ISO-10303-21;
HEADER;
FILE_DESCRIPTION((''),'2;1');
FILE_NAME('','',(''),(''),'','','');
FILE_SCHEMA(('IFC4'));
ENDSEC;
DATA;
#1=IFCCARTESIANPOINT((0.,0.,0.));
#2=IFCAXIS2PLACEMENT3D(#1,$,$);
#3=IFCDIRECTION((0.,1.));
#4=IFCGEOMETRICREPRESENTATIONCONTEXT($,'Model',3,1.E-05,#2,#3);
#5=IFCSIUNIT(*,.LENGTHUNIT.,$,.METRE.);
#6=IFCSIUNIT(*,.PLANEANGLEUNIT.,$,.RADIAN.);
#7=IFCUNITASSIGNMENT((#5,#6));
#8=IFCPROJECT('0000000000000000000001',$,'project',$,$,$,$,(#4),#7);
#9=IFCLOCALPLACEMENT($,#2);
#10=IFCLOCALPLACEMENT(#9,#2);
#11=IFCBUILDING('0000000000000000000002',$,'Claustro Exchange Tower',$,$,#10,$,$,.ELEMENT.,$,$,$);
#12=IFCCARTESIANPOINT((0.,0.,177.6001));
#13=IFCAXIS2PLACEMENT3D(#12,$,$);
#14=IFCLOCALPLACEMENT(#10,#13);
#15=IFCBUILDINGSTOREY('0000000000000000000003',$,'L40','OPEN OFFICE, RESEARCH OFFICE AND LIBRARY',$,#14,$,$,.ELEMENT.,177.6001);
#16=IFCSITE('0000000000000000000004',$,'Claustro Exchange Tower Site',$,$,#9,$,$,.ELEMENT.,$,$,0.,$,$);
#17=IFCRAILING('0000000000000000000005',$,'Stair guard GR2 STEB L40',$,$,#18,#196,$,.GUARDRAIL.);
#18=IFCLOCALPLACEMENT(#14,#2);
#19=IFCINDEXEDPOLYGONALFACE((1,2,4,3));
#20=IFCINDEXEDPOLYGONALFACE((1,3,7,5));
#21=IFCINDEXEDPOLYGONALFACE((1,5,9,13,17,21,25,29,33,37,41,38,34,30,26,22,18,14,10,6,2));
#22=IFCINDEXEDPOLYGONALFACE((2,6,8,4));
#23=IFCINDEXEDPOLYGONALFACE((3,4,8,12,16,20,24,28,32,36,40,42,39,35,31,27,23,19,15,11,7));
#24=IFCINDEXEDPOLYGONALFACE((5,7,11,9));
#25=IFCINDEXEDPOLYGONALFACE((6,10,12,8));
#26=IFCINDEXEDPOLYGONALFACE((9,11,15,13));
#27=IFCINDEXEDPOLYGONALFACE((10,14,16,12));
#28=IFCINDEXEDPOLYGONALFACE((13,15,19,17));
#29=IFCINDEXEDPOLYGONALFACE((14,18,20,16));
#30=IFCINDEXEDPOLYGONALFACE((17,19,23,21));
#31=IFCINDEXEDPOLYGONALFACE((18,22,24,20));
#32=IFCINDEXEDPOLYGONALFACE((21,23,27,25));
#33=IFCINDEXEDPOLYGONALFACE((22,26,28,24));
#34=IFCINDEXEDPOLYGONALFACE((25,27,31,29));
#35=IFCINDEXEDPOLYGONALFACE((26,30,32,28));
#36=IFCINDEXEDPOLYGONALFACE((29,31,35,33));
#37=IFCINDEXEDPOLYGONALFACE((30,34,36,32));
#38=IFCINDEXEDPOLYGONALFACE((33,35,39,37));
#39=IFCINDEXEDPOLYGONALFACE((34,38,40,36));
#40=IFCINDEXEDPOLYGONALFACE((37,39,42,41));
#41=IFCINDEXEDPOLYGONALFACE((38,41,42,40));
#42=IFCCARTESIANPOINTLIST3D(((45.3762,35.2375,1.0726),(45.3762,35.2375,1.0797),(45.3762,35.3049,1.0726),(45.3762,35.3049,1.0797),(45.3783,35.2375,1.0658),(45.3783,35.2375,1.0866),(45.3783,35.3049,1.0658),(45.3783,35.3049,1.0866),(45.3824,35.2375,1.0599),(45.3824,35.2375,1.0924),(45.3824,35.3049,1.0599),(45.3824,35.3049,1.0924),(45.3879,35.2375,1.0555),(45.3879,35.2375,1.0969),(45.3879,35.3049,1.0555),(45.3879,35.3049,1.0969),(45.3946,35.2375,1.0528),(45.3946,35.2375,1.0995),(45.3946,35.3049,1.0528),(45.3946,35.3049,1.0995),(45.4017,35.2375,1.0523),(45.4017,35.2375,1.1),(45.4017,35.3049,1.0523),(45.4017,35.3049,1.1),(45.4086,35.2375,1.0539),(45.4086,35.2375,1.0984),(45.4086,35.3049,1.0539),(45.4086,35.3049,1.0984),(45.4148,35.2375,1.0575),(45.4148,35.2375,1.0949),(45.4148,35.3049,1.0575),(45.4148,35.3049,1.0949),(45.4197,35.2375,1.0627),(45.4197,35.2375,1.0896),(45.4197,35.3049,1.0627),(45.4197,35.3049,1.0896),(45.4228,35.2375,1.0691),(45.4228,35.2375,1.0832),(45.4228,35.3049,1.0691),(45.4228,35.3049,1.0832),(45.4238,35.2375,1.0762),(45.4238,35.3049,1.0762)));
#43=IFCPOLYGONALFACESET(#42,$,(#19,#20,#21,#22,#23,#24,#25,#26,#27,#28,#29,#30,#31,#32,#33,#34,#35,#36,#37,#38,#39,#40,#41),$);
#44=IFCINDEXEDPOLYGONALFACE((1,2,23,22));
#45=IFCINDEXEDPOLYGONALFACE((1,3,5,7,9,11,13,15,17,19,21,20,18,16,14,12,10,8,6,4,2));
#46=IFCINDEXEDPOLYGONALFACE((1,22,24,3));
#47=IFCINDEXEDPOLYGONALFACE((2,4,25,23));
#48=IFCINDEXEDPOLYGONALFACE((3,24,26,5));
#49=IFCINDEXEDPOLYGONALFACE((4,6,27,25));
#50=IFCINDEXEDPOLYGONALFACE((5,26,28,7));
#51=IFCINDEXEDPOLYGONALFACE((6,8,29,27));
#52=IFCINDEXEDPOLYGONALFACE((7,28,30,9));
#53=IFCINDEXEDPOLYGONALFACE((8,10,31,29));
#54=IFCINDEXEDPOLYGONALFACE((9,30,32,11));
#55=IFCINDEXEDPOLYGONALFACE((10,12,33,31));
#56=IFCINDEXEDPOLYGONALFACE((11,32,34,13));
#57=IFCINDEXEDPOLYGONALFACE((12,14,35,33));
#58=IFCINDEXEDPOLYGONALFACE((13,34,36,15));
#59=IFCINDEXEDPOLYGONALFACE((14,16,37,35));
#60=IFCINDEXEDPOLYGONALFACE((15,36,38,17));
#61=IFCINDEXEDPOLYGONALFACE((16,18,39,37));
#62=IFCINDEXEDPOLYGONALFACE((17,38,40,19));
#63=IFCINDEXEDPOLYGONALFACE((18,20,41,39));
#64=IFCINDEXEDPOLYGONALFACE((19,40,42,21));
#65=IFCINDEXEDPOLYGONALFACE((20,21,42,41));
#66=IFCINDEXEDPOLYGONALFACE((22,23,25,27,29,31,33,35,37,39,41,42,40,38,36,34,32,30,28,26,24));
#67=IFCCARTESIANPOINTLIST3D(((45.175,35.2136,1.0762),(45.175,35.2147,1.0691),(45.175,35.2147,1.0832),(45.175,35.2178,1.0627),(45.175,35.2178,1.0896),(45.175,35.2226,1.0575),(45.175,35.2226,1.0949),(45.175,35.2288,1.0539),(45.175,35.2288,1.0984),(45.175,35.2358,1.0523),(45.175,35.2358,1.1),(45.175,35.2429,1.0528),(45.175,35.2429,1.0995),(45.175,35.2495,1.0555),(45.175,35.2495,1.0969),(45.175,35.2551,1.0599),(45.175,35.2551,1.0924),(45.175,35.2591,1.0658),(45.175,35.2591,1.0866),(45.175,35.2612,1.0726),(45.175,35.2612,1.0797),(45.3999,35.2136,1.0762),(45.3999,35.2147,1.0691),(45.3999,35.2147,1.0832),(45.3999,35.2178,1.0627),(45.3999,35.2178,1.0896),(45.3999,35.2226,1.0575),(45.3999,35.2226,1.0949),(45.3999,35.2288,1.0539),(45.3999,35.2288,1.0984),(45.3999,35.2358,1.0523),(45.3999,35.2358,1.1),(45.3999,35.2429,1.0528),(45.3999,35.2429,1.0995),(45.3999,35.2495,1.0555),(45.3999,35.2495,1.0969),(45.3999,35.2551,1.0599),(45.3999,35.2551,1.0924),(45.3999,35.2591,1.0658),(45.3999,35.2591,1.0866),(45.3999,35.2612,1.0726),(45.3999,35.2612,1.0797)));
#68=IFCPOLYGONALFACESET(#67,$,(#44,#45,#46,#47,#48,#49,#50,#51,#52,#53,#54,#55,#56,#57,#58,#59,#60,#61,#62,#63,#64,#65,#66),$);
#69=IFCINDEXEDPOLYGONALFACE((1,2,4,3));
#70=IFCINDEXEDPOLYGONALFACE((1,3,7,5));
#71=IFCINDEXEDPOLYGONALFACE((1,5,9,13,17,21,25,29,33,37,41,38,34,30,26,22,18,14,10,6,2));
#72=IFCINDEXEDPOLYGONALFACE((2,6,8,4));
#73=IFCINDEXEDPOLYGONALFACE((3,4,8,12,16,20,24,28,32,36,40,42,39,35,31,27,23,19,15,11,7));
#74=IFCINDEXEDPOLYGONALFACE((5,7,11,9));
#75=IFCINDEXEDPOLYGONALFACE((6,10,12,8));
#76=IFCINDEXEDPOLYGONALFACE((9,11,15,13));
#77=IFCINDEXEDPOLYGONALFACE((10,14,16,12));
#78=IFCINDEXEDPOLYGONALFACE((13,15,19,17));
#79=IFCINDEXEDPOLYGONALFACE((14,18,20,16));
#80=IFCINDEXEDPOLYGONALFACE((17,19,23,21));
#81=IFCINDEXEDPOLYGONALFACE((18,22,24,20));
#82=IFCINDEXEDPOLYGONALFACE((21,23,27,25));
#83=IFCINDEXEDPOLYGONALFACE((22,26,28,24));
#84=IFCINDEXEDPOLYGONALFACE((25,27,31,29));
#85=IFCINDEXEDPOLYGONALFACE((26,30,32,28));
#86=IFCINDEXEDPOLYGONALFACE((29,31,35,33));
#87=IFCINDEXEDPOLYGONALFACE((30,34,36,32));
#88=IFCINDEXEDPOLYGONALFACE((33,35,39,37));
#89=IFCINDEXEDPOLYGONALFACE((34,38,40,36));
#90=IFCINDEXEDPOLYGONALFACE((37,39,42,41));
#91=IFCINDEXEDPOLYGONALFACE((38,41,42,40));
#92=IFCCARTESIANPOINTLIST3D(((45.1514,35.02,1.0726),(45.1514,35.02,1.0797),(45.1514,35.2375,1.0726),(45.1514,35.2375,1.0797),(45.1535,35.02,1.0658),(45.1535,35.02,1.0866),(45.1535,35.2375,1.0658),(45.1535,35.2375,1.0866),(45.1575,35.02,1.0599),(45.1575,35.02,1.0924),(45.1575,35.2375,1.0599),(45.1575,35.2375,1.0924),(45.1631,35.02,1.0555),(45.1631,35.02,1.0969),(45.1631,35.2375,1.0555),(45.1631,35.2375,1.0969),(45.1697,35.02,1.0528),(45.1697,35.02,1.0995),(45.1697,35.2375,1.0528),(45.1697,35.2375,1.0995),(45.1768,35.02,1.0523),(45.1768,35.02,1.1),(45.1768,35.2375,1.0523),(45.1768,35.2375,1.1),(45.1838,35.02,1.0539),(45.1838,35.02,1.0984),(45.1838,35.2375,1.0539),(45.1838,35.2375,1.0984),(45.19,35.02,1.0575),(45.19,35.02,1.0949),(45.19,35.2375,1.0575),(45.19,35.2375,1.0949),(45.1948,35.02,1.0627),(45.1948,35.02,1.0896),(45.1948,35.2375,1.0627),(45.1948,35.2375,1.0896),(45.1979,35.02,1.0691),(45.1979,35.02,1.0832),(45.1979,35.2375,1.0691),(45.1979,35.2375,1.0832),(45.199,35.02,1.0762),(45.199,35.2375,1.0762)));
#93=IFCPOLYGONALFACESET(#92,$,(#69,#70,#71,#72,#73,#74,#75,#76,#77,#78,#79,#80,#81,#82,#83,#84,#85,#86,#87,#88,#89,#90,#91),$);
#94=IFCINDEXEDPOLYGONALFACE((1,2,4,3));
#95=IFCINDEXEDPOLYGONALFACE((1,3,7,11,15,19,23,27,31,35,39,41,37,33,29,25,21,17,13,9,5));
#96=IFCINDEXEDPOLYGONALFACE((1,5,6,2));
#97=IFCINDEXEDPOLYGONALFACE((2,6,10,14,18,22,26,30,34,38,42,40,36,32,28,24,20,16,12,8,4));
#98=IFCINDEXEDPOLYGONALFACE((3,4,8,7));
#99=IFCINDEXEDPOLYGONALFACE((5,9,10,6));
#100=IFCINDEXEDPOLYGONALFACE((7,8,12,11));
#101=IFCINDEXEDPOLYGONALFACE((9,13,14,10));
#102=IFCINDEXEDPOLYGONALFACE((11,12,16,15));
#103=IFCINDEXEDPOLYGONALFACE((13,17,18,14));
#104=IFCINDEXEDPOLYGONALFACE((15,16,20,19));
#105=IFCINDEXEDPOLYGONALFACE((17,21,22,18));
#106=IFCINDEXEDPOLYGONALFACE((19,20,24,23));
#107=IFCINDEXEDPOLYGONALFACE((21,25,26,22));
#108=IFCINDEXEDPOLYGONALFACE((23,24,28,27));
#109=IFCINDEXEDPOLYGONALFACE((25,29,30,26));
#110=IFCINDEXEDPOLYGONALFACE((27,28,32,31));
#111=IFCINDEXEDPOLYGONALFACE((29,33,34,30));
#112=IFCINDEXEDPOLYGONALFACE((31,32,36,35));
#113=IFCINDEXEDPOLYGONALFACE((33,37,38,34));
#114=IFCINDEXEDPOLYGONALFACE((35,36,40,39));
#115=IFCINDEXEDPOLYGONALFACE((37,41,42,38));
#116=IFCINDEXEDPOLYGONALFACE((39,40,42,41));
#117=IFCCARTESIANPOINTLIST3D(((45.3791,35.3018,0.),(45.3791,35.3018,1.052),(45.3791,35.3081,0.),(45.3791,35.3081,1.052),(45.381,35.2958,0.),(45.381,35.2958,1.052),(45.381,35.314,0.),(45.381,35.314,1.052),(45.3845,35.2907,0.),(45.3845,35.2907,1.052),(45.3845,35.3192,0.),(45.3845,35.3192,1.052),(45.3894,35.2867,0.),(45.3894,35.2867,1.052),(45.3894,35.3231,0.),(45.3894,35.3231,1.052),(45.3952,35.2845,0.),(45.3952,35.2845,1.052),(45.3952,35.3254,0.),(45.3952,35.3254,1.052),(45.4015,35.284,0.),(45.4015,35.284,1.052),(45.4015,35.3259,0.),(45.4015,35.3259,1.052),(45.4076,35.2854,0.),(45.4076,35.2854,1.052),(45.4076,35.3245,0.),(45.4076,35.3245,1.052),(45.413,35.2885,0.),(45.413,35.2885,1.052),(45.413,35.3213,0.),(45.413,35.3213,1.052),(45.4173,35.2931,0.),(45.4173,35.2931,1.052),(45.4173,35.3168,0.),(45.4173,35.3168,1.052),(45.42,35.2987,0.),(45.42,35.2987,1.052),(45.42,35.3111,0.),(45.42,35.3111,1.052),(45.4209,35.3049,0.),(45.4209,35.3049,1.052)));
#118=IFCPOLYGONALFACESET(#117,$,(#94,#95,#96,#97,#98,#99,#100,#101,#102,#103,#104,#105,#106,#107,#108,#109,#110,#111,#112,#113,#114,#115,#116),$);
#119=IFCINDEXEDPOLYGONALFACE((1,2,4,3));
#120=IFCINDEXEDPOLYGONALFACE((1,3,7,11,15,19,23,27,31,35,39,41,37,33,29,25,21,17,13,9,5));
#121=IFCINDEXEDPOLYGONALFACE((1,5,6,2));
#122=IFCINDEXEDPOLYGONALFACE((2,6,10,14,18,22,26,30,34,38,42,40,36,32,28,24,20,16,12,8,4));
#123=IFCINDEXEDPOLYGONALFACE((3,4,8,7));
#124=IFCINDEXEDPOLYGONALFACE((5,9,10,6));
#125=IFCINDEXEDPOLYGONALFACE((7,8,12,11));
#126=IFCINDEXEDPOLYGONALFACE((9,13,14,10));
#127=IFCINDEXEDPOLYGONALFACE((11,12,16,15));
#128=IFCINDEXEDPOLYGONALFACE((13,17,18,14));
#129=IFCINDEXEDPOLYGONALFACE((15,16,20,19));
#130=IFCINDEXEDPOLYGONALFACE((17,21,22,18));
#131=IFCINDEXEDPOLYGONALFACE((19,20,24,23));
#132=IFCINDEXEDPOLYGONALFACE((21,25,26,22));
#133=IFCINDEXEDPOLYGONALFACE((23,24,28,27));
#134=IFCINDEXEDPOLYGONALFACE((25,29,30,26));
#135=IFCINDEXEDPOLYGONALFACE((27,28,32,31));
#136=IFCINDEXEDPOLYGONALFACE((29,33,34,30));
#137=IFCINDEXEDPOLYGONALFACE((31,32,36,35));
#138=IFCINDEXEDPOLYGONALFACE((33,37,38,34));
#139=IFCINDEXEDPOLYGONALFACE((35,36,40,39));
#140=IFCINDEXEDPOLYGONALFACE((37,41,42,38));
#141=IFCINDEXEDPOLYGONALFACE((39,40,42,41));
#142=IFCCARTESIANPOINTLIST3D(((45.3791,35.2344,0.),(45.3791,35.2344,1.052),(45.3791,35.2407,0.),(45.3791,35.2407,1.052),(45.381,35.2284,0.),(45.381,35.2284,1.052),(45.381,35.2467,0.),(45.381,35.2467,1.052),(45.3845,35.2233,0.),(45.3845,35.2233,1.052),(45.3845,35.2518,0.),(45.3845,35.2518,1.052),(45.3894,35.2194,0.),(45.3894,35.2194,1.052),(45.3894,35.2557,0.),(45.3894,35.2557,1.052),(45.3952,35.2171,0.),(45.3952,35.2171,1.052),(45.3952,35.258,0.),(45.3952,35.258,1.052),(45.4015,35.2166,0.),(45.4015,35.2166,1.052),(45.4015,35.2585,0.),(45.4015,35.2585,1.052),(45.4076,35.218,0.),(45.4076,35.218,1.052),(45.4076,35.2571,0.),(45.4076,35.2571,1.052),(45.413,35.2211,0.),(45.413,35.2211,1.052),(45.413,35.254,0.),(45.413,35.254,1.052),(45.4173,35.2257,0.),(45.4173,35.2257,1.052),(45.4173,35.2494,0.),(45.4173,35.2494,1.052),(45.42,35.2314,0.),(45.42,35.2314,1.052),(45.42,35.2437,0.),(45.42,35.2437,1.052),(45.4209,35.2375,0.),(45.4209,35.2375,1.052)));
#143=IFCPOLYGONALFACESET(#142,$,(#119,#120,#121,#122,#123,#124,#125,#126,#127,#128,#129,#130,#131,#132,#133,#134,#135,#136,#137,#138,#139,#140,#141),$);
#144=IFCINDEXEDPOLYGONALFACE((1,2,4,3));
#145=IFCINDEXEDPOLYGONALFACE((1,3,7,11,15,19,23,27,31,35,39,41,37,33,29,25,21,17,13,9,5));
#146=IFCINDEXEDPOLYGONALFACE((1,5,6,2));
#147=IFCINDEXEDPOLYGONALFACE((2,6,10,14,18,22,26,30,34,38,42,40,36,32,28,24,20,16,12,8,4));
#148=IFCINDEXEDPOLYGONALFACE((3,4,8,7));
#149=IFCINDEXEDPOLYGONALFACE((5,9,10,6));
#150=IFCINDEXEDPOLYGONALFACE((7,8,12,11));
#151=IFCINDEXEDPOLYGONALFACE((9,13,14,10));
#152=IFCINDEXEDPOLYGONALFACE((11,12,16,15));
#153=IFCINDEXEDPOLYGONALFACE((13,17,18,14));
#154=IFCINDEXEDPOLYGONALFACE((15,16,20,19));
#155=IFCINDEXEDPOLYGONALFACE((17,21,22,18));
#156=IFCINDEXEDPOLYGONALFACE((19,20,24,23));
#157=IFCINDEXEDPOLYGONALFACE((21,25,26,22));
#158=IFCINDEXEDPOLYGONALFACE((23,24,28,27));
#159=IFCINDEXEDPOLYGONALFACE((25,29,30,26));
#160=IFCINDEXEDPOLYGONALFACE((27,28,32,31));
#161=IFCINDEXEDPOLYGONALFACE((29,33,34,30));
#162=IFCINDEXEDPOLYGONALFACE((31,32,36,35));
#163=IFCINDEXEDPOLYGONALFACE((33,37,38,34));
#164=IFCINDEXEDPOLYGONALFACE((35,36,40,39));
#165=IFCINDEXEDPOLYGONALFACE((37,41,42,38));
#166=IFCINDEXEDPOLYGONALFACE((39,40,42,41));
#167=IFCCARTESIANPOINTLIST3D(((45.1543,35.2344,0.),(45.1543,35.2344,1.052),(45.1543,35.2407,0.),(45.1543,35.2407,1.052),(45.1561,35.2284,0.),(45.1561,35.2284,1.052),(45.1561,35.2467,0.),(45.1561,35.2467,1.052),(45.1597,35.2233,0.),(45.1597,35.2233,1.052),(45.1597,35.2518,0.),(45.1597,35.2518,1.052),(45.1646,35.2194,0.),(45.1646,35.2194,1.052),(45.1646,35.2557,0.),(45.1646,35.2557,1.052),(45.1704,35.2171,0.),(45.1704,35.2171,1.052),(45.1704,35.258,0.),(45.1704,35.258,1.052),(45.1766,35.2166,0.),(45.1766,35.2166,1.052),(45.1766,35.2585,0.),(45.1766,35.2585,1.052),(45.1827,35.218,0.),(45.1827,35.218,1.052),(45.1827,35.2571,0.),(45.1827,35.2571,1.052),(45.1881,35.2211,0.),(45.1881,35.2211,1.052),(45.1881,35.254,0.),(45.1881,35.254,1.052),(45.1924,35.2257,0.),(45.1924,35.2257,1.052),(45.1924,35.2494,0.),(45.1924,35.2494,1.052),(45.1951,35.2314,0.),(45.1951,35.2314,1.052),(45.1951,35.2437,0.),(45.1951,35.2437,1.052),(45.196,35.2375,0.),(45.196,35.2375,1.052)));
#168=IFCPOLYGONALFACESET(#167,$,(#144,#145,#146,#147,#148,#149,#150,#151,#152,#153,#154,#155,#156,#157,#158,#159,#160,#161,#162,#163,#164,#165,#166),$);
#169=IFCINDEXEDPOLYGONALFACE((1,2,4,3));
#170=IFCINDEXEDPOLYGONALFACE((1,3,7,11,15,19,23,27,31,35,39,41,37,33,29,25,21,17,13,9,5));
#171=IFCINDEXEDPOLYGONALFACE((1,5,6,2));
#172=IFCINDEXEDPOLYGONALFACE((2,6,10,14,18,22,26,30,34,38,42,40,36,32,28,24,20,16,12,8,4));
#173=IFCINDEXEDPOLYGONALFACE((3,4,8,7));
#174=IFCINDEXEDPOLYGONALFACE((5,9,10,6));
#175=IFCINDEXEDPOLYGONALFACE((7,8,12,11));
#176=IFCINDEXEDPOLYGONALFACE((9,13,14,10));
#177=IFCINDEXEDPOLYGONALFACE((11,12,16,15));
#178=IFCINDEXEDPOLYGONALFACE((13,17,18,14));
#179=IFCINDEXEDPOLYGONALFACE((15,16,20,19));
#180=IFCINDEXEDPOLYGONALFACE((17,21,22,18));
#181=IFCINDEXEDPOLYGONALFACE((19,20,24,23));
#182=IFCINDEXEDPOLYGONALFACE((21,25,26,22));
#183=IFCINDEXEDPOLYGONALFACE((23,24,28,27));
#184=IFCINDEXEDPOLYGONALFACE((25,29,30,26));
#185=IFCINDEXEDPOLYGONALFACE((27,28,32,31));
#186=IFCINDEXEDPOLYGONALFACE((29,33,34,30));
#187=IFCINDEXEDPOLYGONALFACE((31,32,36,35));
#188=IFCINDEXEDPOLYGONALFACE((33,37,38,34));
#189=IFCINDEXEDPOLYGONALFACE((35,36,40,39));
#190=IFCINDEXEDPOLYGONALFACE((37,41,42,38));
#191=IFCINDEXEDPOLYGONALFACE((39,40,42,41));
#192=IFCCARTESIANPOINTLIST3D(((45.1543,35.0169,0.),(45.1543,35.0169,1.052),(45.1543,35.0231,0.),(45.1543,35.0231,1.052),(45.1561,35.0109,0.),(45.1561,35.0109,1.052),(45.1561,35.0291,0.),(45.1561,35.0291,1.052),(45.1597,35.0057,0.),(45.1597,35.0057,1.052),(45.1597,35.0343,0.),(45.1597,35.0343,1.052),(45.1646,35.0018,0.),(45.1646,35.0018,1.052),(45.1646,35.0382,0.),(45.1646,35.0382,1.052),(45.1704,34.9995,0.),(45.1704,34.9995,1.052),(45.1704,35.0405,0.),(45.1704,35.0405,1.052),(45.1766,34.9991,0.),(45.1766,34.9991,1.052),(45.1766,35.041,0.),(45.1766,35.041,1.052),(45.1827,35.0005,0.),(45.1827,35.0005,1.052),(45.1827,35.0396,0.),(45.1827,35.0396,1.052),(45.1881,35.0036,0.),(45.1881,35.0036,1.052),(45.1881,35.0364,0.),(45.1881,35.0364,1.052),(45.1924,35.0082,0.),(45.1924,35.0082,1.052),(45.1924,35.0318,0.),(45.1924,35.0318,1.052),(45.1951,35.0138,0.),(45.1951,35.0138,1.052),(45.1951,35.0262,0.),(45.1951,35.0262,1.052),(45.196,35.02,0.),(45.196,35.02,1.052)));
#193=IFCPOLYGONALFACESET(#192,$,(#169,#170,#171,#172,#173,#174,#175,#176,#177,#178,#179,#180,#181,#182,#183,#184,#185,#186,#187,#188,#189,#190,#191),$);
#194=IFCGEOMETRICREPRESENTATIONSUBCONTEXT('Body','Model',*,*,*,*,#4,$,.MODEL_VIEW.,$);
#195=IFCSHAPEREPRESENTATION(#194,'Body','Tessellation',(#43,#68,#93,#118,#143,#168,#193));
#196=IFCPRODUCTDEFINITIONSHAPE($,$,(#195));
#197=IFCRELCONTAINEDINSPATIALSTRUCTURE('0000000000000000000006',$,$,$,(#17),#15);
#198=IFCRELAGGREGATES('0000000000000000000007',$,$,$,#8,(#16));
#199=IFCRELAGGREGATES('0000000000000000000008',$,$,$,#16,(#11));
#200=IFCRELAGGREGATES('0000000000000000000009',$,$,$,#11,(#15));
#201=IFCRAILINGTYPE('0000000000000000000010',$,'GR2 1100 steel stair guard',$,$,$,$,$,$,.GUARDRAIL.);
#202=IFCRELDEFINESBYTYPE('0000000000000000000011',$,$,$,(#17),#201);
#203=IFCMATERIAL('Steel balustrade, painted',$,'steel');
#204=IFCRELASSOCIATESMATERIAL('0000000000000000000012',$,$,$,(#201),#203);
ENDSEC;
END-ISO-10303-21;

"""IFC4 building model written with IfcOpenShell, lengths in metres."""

from ifc_helpers import new_model, si_unit, direction, frame, origin, origin_2d, place, context, subcontext, project, spatial, circle, extrude, material, type_object, element, save


model = new_model("IFC4")

# Units and contexts
model_context = context("Model", 3, precision=1e-05, world=origin(), true_north=direction((0.0, 1.0)))
body_context = subcontext(model_context, "Body", "Model", "MODEL_VIEW")
ifc_project = project(units=[si_unit("LENGTHUNIT", "METRE"), si_unit("PLANEANGLEUNIT", "RADIAN")], contexts=[model_context])

# Site, building, storey
site_placement = place(None, origin())
site = spatial("IfcSite", under=ifc_project, at=site_placement, Name="Claustro Exchange Tower Site", CompositionType="ELEMENT", RefElevation=0.0)
building_placement = place(site_placement, origin())
building = spatial("IfcBuilding", under=site, at=building_placement, Name="Claustro Exchange Tower", CompositionType="ELEMENT")
storey_placement = place(building_placement, frame((0.0, 0.0, 177.6001)))
storey = spatial("IfcBuildingStorey", under=building, at=storey_placement, Name="L40", Description="OPEN OFFICE, RESEARCH OFFICE AND LIBRARY", CompositionType="ELEMENT", Elevation=177.6001)

# Railing
ifc_material_1 = material(Name="Steel balustrade, painted", Category="steel")
railing_type_1 = type_object("IfcRailingType", Name="GR2 1100 steel stair guard", PredefinedType="GUARDRAIL", material=ifc_material_1)
railing_1_placement = place(storey_placement, frame((45.3999, 35.3049, 0.0)))
element("IfcRailing", 1, at=railing_1_placement, inside=storey, type_object=railing_type_1, Name="Stair guard GR2 STEB L40", PredefinedType="GUARDRAIL", context=body_context, shape_type="SweptSolid", body=[
    extrude(circle(Radius=0.0239, at=origin_2d()), frame((0.0, 0.0, 1.0762), z_axis=(0.0, -1.0, 0.0), x_axis=(1.0, 0.0, 0.0)), (0.0, 0.0, 1.0), 0.0674),
    extrude(circle(Radius=0.0239, at=origin_2d()), frame((0.0, -0.0674, 1.0762), z_axis=(-1.0, 0.0, 0.0), x_axis=(0.0, -1.0, 0.0)), (0.0, 0.0, 1.0), 0.2249),
    extrude(circle(Radius=0.0239, at=origin_2d()), frame((-0.2249, -0.0674, 1.0762), z_axis=(0.0, -1.0, 0.0), x_axis=(1.0, 0.0, 0.0)), (0.0, 0.0, 1.0), 0.2175),
    extrude(circle(Radius=0.021, at=origin_2d()), origin(), (0.0, 0.0, 1.0), 1.052),
    extrude(circle(Radius=0.021, at=origin_2d()), frame((0.0, -0.0674, 0.0)), (0.0, 0.0, 1.0), 1.052),
    extrude(circle(Radius=0.021, at=origin_2d()), frame((-0.2249, -0.0674, 0.0)), (0.0, 0.0, 1.0), 1.052),
    extrude(circle(Radius=0.021, at=origin_2d()), frame((-0.2249, -0.2849, 0.0)), (0.0, 0.0, 1.0), 1.052),
])

save(model, "model.ifc")
